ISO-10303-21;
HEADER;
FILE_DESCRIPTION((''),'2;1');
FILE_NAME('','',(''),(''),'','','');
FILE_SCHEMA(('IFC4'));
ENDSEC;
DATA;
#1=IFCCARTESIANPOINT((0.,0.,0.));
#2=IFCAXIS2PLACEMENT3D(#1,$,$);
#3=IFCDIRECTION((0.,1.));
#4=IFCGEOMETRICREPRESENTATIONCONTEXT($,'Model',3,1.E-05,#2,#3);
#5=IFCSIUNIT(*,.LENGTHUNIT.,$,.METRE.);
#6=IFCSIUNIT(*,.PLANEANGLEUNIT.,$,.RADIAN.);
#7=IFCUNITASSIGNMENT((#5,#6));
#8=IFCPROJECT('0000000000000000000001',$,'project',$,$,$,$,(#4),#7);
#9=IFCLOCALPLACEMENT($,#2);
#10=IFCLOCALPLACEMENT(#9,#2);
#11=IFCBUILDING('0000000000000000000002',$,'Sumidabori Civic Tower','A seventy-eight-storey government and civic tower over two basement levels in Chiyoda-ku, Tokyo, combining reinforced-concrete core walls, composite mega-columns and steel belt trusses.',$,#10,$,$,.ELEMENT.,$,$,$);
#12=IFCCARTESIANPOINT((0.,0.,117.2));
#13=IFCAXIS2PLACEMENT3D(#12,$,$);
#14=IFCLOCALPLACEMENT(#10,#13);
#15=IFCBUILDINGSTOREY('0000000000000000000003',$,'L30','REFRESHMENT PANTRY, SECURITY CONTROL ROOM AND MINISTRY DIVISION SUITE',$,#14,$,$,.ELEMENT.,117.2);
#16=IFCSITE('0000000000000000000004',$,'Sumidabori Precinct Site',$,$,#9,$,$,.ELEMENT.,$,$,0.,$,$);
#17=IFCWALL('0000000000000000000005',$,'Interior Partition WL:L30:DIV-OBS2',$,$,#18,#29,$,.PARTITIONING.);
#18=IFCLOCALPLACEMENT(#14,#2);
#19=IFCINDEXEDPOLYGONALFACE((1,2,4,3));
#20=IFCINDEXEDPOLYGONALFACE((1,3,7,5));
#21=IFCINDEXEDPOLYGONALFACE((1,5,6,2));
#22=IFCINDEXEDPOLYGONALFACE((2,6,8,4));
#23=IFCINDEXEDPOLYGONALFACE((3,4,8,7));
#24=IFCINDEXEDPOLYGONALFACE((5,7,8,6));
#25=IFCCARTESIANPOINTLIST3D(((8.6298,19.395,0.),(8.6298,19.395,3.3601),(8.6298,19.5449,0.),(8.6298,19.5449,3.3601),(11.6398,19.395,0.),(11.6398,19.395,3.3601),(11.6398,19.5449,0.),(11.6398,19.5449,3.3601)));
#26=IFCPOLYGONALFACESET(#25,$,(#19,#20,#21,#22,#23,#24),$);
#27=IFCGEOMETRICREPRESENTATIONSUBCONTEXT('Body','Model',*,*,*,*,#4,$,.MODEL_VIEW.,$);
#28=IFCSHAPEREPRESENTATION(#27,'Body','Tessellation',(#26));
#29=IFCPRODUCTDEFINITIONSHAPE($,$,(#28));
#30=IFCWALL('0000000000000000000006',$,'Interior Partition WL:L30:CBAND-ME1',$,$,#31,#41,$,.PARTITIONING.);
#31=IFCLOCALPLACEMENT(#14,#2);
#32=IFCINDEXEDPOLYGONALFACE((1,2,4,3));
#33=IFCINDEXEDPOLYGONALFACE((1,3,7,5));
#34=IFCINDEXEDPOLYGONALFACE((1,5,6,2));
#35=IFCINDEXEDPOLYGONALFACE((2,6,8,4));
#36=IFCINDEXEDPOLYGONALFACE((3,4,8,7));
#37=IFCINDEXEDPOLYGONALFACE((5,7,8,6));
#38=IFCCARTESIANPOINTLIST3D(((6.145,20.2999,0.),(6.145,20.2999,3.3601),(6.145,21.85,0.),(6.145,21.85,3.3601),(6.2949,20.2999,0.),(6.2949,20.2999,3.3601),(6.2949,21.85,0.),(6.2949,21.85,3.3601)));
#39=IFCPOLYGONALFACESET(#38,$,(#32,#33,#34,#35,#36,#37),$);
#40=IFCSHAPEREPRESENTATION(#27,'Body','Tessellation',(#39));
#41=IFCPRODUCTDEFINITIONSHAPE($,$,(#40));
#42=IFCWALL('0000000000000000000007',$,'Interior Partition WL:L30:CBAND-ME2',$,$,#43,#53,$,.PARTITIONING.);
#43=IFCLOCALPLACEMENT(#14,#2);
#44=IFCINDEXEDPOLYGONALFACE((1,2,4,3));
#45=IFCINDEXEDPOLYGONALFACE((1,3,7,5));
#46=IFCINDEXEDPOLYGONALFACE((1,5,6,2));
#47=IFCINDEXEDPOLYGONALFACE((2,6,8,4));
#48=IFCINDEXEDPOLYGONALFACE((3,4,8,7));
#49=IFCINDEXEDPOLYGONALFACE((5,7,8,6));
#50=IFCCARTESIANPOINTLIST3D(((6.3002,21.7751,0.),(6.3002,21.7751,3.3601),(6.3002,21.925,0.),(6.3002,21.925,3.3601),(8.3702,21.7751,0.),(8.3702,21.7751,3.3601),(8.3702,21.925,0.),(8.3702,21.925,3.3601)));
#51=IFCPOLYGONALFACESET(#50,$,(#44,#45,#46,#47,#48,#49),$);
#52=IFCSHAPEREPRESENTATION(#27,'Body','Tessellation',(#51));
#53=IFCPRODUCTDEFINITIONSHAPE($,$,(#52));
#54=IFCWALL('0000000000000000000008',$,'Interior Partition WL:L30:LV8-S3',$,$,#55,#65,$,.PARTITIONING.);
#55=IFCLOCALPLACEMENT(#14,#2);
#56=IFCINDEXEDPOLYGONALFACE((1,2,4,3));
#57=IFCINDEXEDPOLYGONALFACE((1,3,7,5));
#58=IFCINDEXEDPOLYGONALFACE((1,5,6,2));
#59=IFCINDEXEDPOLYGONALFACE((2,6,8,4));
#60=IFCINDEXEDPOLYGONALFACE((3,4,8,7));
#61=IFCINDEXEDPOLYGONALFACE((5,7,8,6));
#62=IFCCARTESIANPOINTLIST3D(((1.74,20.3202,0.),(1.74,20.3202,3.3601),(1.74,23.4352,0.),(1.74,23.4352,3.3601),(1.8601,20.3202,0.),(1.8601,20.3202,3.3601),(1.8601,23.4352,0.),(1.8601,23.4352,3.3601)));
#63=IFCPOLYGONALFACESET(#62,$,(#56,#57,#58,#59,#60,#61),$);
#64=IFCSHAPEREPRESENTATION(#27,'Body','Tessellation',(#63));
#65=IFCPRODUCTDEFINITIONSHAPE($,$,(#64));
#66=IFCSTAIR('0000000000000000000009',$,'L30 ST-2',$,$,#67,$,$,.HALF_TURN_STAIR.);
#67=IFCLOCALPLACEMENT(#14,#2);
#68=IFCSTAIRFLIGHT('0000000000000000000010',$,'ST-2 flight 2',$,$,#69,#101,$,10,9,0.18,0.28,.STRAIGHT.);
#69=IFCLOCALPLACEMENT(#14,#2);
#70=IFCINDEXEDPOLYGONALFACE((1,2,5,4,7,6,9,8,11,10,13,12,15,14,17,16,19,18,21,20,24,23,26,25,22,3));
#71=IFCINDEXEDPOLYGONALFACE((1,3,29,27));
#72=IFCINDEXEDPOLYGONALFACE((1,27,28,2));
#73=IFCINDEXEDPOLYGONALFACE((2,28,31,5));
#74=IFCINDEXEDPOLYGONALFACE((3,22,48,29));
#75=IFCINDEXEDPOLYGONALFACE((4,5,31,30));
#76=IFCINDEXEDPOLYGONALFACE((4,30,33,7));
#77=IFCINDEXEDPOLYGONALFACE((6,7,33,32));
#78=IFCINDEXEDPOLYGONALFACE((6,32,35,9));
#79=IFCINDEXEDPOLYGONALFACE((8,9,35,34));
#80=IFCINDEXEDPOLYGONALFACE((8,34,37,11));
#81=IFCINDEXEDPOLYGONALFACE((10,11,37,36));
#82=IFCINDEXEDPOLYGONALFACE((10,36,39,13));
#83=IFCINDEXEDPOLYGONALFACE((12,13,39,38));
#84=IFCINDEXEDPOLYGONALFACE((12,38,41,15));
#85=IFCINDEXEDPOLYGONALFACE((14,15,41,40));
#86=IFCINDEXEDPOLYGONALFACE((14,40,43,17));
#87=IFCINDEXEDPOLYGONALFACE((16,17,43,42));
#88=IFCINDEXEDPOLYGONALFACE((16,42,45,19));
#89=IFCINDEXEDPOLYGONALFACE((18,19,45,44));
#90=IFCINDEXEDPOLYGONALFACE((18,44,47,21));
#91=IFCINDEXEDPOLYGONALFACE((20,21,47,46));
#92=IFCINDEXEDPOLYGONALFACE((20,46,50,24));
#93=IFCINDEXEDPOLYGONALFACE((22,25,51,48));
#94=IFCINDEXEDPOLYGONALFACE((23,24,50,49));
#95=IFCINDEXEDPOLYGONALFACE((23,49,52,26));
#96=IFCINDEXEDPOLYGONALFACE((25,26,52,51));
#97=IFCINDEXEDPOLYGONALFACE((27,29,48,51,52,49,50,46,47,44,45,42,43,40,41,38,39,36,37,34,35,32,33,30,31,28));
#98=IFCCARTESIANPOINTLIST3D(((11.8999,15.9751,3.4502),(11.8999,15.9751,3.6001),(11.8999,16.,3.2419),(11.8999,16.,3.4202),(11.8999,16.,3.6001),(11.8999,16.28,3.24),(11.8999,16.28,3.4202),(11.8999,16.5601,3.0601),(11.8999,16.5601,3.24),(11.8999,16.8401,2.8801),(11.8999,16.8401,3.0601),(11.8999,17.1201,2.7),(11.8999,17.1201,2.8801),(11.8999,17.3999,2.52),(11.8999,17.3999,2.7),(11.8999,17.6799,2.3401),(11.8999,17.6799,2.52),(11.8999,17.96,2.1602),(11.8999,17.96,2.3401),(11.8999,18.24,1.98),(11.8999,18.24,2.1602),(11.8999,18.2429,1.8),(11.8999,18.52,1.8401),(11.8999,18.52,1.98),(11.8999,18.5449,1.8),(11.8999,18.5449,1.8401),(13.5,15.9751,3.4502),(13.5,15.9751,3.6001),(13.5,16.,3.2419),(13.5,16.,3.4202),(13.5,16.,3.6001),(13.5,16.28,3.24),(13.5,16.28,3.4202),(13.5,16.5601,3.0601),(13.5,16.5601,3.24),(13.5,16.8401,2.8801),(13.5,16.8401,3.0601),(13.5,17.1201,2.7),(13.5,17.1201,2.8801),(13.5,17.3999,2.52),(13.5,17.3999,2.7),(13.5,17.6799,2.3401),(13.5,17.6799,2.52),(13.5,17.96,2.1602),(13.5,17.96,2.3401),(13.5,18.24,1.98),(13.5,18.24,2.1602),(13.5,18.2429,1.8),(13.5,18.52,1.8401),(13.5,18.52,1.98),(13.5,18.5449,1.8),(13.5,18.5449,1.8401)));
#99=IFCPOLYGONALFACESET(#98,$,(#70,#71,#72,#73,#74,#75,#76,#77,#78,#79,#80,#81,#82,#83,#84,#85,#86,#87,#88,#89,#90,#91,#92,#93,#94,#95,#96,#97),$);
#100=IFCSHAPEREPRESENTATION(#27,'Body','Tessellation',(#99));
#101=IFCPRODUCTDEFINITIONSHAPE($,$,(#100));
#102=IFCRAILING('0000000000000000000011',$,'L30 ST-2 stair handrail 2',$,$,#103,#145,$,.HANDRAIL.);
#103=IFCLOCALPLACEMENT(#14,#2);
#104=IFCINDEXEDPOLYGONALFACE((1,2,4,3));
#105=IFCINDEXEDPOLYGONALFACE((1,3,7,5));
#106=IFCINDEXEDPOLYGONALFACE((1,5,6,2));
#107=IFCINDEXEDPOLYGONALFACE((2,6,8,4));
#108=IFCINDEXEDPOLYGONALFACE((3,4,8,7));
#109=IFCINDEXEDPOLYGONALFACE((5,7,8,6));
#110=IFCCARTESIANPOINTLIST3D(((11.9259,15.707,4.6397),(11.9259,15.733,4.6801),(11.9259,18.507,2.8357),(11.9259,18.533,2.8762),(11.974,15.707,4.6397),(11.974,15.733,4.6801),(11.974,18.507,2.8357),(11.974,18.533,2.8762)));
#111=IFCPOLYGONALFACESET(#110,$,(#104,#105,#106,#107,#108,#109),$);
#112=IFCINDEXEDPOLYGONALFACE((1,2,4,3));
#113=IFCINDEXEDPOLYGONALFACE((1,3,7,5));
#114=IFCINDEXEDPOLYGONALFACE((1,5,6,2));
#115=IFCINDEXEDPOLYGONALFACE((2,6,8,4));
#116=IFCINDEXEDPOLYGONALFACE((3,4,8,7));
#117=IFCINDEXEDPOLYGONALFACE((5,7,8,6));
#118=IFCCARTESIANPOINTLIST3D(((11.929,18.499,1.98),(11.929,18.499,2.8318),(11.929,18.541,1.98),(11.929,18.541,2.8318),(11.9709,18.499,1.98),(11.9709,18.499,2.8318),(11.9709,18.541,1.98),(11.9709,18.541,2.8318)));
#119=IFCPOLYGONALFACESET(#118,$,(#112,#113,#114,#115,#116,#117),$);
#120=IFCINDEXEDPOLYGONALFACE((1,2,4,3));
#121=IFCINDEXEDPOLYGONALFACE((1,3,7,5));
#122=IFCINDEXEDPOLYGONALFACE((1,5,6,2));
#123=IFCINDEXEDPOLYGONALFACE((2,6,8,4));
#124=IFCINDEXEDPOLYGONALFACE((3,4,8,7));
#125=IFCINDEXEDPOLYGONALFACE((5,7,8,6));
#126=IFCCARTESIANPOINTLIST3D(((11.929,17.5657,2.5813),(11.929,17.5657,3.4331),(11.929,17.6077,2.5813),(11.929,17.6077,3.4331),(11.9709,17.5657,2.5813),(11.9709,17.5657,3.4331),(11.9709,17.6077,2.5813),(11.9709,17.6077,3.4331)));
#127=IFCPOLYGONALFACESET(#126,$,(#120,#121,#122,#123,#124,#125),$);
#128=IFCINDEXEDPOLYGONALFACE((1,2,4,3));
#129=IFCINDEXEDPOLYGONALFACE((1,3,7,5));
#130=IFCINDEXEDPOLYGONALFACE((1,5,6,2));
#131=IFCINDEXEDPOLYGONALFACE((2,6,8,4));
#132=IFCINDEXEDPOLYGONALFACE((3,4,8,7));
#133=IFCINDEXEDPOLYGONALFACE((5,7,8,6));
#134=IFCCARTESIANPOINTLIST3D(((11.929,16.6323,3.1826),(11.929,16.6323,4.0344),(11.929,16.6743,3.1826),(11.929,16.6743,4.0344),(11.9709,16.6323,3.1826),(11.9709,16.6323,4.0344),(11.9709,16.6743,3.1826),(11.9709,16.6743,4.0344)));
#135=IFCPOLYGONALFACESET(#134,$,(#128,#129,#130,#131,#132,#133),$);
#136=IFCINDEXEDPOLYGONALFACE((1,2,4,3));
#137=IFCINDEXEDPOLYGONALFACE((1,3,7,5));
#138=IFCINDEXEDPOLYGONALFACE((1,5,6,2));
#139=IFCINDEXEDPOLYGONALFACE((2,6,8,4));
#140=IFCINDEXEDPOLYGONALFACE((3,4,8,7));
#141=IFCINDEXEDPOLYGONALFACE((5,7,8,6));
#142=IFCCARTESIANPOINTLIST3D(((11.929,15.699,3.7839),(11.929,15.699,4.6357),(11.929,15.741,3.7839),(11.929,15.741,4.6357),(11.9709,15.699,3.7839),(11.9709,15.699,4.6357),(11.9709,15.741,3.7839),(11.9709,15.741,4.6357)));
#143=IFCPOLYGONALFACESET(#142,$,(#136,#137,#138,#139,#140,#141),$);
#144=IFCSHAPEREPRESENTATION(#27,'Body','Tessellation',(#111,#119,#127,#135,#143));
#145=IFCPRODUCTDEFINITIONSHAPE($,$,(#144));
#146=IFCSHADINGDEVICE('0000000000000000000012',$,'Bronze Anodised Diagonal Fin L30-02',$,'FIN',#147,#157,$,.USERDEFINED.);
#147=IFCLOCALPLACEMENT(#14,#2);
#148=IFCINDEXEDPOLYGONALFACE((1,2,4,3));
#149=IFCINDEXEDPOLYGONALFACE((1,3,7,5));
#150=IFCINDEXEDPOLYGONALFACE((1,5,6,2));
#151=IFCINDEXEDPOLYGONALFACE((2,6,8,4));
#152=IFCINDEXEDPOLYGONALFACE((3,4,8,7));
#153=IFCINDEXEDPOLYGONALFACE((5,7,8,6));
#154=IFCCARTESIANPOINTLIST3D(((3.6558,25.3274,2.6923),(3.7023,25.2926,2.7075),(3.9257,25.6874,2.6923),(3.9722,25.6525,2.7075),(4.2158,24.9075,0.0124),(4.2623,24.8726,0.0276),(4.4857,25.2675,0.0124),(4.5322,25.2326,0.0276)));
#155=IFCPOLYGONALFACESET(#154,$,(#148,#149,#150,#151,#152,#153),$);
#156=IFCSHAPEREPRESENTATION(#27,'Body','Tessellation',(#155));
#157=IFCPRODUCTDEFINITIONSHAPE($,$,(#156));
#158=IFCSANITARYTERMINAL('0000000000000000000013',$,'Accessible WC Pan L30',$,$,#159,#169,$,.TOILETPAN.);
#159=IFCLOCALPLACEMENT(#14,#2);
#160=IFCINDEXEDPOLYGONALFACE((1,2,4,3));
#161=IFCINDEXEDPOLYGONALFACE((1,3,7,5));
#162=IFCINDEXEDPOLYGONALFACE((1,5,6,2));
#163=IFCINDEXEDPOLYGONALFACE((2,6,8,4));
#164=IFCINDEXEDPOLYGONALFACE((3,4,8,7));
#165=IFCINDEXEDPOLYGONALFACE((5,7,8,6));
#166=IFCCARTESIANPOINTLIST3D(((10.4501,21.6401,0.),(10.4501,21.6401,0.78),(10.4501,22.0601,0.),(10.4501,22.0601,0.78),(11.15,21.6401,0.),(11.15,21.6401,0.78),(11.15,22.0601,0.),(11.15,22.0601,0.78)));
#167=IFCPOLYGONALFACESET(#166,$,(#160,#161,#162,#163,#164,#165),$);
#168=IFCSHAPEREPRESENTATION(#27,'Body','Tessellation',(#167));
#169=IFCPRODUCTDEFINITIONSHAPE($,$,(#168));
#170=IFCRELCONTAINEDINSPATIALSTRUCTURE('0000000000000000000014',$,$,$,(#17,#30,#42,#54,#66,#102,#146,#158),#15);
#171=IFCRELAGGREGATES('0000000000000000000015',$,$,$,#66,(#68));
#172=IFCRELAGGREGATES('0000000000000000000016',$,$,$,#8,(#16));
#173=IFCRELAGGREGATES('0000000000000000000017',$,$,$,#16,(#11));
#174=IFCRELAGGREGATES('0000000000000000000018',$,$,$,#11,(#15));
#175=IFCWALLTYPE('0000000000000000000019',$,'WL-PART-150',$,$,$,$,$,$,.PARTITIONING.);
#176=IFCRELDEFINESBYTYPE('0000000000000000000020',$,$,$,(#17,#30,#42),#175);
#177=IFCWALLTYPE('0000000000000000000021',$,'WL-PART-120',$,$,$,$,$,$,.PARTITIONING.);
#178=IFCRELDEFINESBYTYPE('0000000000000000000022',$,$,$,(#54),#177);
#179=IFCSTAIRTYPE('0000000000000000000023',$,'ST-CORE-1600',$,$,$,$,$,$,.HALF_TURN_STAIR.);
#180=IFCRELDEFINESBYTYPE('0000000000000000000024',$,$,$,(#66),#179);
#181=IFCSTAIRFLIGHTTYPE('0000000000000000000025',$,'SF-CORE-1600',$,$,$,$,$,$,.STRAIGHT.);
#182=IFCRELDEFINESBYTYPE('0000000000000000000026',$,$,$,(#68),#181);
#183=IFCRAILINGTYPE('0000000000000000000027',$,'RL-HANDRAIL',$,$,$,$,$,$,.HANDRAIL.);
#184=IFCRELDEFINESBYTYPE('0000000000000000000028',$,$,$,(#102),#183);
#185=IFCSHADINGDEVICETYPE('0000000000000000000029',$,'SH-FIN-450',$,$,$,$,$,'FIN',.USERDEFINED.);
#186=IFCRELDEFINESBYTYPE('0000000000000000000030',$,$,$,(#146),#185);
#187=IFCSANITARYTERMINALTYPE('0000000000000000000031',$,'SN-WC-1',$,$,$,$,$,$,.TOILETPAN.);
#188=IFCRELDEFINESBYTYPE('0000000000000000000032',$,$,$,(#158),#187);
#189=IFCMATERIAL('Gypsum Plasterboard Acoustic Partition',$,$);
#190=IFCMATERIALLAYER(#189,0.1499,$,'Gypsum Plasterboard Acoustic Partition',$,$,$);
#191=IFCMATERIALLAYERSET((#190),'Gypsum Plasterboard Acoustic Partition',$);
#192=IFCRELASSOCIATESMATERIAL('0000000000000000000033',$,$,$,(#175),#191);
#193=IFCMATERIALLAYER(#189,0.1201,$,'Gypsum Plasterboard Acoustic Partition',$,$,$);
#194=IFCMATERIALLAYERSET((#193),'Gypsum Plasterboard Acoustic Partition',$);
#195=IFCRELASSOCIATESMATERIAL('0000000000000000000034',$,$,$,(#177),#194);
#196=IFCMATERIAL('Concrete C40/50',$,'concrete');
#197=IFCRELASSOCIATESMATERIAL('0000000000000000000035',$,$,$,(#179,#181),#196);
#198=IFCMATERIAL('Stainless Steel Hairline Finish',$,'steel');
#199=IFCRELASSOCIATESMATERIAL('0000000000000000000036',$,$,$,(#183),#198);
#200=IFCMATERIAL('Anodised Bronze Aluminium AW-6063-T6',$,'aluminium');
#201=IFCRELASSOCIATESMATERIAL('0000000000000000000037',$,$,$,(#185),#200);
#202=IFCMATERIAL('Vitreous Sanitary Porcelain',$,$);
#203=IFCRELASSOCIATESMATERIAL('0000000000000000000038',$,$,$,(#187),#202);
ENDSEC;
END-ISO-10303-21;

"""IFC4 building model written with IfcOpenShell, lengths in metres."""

from ifc_helpers import new_model, si_unit, direction, frame, frame_2d, origin, origin_2d, place, context, subcontext, project, spatial, polyline, rectangle, outline, extrude, source, transform, mapped, material, layer, layer_set, material_profile, profile_set, type_object, element, aggregate, save


model = new_model("IFC4")

# Units and contexts
model_context = context("Model", 3, precision=1e-05, world=origin(), true_north=direction((0.0, 1.0)))
body_context = subcontext(model_context, "Body", "Model", "MODEL_VIEW")
ifc_project = project(units=[si_unit("LENGTHUNIT", "METRE"), si_unit("PLANEANGLEUNIT", "RADIAN")], contexts=[model_context])

# Site, building, storey
site_placement = place(None, origin())
site = spatial("IfcSite", under=ifc_project, at=site_placement, Name="Sumidabori Precinct Site", CompositionType="ELEMENT", RefElevation=0.0)
building_placement = place(site_placement, origin())
building = spatial("IfcBuilding", under=site, at=building_placement, Name="Sumidabori Civic Tower", Description="A seventy-eight-storey government and civic tower over two basement levels in Chiyoda-ku, Tokyo, combining reinforced-concrete core walls, composite mega-columns and steel belt trusses.", CompositionType="ELEMENT")
storey_placement = place(building_placement, frame((0.0, 0.0, 117.2)))
storey = spatial("IfcBuildingStorey", under=building, at=storey_placement, Name="L30", Description="REFRESHMENT PANTRY, SECURITY CONTROL ROOM AND MINISTRY DIVISION SUITE", CompositionType="ELEMENT", Elevation=117.2)

# Shared definitions
ifc_material_1 = material(Name="Anodised Bronze Aluminium AW-6063-T6", Category="aluminium")

# Walls
ifc_material_2 = material(Name="Gypsum Plasterboard Acoustic Partition")
ifc_layer_1 = layer(ifc_material_2, 0.1499, Name="Gypsum Plasterboard Acoustic Partition")
ifc_layer_set_1 = layer_set([ifc_layer_1], Name="Gypsum Plasterboard Acoustic Partition")
wall_type_1 = type_object("IfcWallType", Name="WL-PART-150", PredefinedType="PARTITIONING", material=ifc_layer_set_1)
shared_shape_1 = source(origin(), body_context, "Body", "SweptSolid", [
    extrude(rectangle(XDim=3.01, YDim=0.1499, at=frame_2d((1.5049, 0.0))), origin(), (0.0, 0.0, 1.0), 3.3601),
])
wall_1_placement = place(storey_placement, frame((8.6299, 19.47, 0.0), z_axis=(0.0, 0.0, 1.0), x_axis=(1.0, 0.0, 0.0)))
element("IfcWall", 1, at=wall_1_placement, inside=storey, type_object=wall_type_1, Name="Interior Partition WL:L30:DIV-OBS2", PredefinedType="PARTITIONING", context=body_context, shape_type="MappedRepresentation", body=[
    mapped(shared_shape_1, transform((0.0, 0.0, 0.0), x_axis=(1.0, 0.0, 0.0), y_axis=(0.0, 1.0, 0.0), z_axis=(0.0, 0.0, 1.0), scale=1.0)),
])
shared_shape_2 = source(origin(), body_context, "Body", "SweptSolid", [
    extrude(rectangle(XDim=1.55, YDim=0.1499, at=frame_2d((0.7749, 0.0))), origin(), (0.0, 0.0, 1.0), 3.3601),
])
wall_2_placement = place(storey_placement, frame((6.22, 20.3, 0.0), z_axis=(0.0, 0.0, 1.0), x_axis=(0.0, 1.0, 0.0)))
element("IfcWall", 2, at=wall_2_placement, inside=storey, type_object=wall_type_1, Name="Interior Partition WL:L30:CBAND-ME1", PredefinedType="PARTITIONING", context=body_context, shape_type="MappedRepresentation", body=[
    mapped(shared_shape_2, transform((0.0, 0.0, 0.0), x_axis=(1.0, 0.0, 0.0), y_axis=(0.0, 1.0, 0.0), z_axis=(0.0, 0.0, 1.0), scale=1.0)),
])
shared_shape_3 = source(origin(), body_context, "Body", "SweptSolid", [
    extrude(rectangle(XDim=2.0701, YDim=0.1499, at=frame_2d((1.0352, 0.0))), origin(), (0.0, 0.0, 1.0), 3.3601),
])
wall_3_placement = place(storey_placement, frame((6.3, 21.8501, 0.0), z_axis=(0.0, 0.0, 1.0), x_axis=(1.0, 0.0, 0.0)))
element("IfcWall", 3, at=wall_3_placement, inside=storey, type_object=wall_type_1, Name="Interior Partition WL:L30:CBAND-ME2", PredefinedType="PARTITIONING", context=body_context, shape_type="MappedRepresentation", body=[
    mapped(shared_shape_3, transform((0.0, 0.0, 0.0), x_axis=(1.0, 0.0, 0.0), y_axis=(0.0, 1.0, 0.0), z_axis=(0.0, 0.0, 1.0), scale=1.0)),
])
ifc_layer_2 = layer(ifc_material_2, 0.1201, Name="Gypsum Plasterboard Acoustic Partition")
ifc_layer_set_2 = layer_set([ifc_layer_2], Name="Gypsum Plasterboard Acoustic Partition")
wall_type_2 = type_object("IfcWallType", Name="WL-PART-120", PredefinedType="PARTITIONING", material=ifc_layer_set_2)
shared_shape_4 = source(origin(), body_context, "Body", "SweptSolid", [
    extrude(rectangle(XDim=3.115, YDim=0.1201, at=frame_2d((1.5576, 0.0))), origin(), (0.0, 0.0, 1.0), 3.3601),
])
wall_4_placement = place(storey_placement, frame((1.8, 20.3201, 0.0), z_axis=(0.0, 0.0, 1.0), x_axis=(0.0, 1.0, 0.0)))
element("IfcWall", 4, at=wall_4_placement, inside=storey, type_object=wall_type_2, Name="Interior Partition WL:L30:LV8-S3", PredefinedType="PARTITIONING", context=body_context, shape_type="MappedRepresentation", body=[
    mapped(shared_shape_4, transform((0.0, 0.0, 0.0), x_axis=(1.0, 0.0, 0.0), y_axis=(0.0, 1.0, 0.0), z_axis=(0.0, 0.0, 1.0), scale=1.0)),
])

# Stair, stair flight
ifc_material_3 = material(Name="Concrete C40/50", Category="concrete")
stair_type = type_object("IfcStairType", Name="ST-CORE-1600", PredefinedType="HALF_TURN_STAIR", material=ifc_material_3)
stair_placement = place(storey_placement, origin())
stair = element("IfcStair", 5, at=stair_placement, inside=storey, type_object=stair_type, Name="L30 ST-2", PredefinedType="HALF_TURN_STAIR")
stair_flight_type = type_object("IfcStairFlightType", Name="SF-CORE-1600", PredefinedType="STRAIGHT", material=ifc_material_3)
shared_shape_5 = source(origin(), body_context, "Body", "SweptSolid", [
    extrude(outline(polyline([(-0.0249, 0.0), (-0.0249, 0.04), (0.0, 0.04), (0.0, 0.1799), (0.28, 0.1799), (0.28, 0.3601), (0.5601, 0.3601), (0.5601, 0.54), (0.8401, 0.54), (0.8401, 0.72), (1.1201, 0.72), (1.1201, 0.8999), (1.3999, 0.8999), (1.3999, 1.0801), (1.6799, 1.0801), (1.6799, 1.26), (1.96, 1.26), (1.96, 1.4399), (2.24, 1.4399), (2.24, 1.6201), (2.52, 1.6201), (2.52, 1.8), (2.5449, 1.8), (2.5449, 1.6501), (2.52, 1.4419), (0.2771, 0.0), (-0.0249, 0.0)])), frame((0.0, 0.8, 0.0), z_axis=(0.0, -1.0, 0.0), x_axis=(1.0, 0.0, 0.0)), (0.0, 0.0, 1.0), 1.6001),
])
stair_flight_placement = place(storey_placement, frame((12.7, 18.52, 1.8), z_axis=(0.0, 0.0, 1.0), x_axis=(0.0, -1.0, 0.0)))
stair_flight = element("IfcStairFlight", 6, at=stair_flight_placement, type_object=stair_flight_type, Name="ST-2 flight 2", NumberOfRisers=10, NumberOfTreads=9, PredefinedType="STRAIGHT", RiserHeight=0.18, TreadLength=0.28, context=body_context, shape_type="MappedRepresentation", body=[
    mapped(shared_shape_5, transform((0.0, 0.0, 0.0), x_axis=(1.0, 0.0, 0.0), y_axis=(0.0, 1.0, 0.0), z_axis=(0.0, 0.0, 1.0), scale=1.0)),
])
aggregate(stair, [stair_flight])

# Railing
ifc_material_4 = material(Name="Stainless Steel Hairline Finish", Category="steel")
railing_type = type_object("IfcRailingType", Name="RL-HANDRAIL", PredefinedType="HANDRAIL", material=ifc_material_4)
railing_placement = place(storey_placement, frame((11.95, 18.52, 1.98)))
element("IfcRailing", 7, at=railing_placement, inside=storey, type_object=railing_type, Name="L30 ST-2 stair handrail 2", PredefinedType="HANDRAIL", context=body_context, shape_type="SweptSolid", body=[
    extrude(rectangle(XDim=0.0481, YDim=0.0481, at=origin_2d()), frame((0.0, 0.0, 0.876), z_axis=(0.0, -0.840642, 0.541591), x_axis=(1.0, 0.0, 0.0)), (0.0, 0.0, 1.0), 3.3308),
    extrude(rectangle(XDim=0.042, YDim=0.042, at=origin_2d()), origin(), (0.0, 0.0, 1.0), 0.8518),
    extrude(rectangle(XDim=0.042, YDim=0.042, at=origin_2d()), frame((0.0, -0.9333, 0.6013)), (0.0, 0.0, 1.0), 0.8518),
    extrude(rectangle(XDim=0.042, YDim=0.042, at=origin_2d()), frame((0.0, -1.8667, 1.2026)), (0.0, 0.0, 1.0), 0.8518),
    extrude(rectangle(XDim=0.042, YDim=0.042, at=origin_2d()), frame((0.0, -2.8, 1.804)), (0.0, 0.0, 1.0), 0.8518),
])

# Shading device
ifc_material_profile_1 = material_profile(ifc_material_1, rectangle(XDim=0.0601, YDim=0.45, at=origin_2d()), Name="BRONZE FIN 450x60")
ifc_profile_set_1 = profile_set([ifc_material_profile_1], Name="Anodised Bronze Aluminium AW-6063-T6")
shading_device_type = type_object("IfcShadingDeviceType", Name="SH-FIN-450", ElementType="FIN", PredefinedType="USERDEFINED", material=ifc_profile_set_1)
shared_shape_6 = source(origin(), body_context, "Body", "SweptSolid", [
    extrude(rectangle(XDim=0.0601, YDim=0.45, at=origin_2d()), origin(), (0.0, 0.0, 1.0), 2.7698),
])
shading_device_placement = place(storey_placement, frame((4.374, 25.0701, 0.02), z_axis=(-0.202199, 0.151605, 0.967539), x_axis=(0.774112, -0.580415, 0.252722)))
element("IfcShadingDevice", 8, at=shading_device_placement, inside=storey, type_object=shading_device_type, Name="Bronze Anodised Diagonal Fin L30-02", ObjectType="FIN", PredefinedType="USERDEFINED", context=body_context, shape_type="MappedRepresentation", body=[
    mapped(shared_shape_6, transform((0.0, 0.0, 0.0), x_axis=(1.0, 0.0, 0.0), y_axis=(0.0, 1.0, 0.0), z_axis=(0.0, 0.0, 1.0), scale=1.0)),
])

# Sanitary terminal
ifc_material_5 = material(Name="Vitreous Sanitary Porcelain")
sanitary_terminal_type_1 = type_object("IfcSanitaryTerminalType", Name="SN-WC-1", PredefinedType="TOILETPAN", material=ifc_material_5)
shared_shape_7 = source(origin(), body_context, "Body", "SweptSolid", [
    extrude(rectangle(XDim=0.7, YDim=0.4199, at=origin_2d()), origin(), (0.0, 0.0, 1.0), 0.78),
])
sanitary_terminal_1_placement = place(storey_placement, frame((10.8, 21.8501, 0.0), z_axis=(0.0, 0.0, 1.0), x_axis=(1.0, 0.0, 0.0)))
element("IfcSanitaryTerminal", 9, at=sanitary_terminal_1_placement, inside=storey, type_object=sanitary_terminal_type_1, Name="Accessible WC Pan L30", PredefinedType="TOILETPAN", context=body_context, shape_type="MappedRepresentation", body=[
    mapped(shared_shape_7, transform((0.0, 0.0, 0.0), x_axis=(1.0, 0.0, 0.0), y_axis=(0.0, 1.0, 0.0), z_axis=(0.0, 0.0, 1.0), scale=1.0)),
])

save(model, "model.ifc")
